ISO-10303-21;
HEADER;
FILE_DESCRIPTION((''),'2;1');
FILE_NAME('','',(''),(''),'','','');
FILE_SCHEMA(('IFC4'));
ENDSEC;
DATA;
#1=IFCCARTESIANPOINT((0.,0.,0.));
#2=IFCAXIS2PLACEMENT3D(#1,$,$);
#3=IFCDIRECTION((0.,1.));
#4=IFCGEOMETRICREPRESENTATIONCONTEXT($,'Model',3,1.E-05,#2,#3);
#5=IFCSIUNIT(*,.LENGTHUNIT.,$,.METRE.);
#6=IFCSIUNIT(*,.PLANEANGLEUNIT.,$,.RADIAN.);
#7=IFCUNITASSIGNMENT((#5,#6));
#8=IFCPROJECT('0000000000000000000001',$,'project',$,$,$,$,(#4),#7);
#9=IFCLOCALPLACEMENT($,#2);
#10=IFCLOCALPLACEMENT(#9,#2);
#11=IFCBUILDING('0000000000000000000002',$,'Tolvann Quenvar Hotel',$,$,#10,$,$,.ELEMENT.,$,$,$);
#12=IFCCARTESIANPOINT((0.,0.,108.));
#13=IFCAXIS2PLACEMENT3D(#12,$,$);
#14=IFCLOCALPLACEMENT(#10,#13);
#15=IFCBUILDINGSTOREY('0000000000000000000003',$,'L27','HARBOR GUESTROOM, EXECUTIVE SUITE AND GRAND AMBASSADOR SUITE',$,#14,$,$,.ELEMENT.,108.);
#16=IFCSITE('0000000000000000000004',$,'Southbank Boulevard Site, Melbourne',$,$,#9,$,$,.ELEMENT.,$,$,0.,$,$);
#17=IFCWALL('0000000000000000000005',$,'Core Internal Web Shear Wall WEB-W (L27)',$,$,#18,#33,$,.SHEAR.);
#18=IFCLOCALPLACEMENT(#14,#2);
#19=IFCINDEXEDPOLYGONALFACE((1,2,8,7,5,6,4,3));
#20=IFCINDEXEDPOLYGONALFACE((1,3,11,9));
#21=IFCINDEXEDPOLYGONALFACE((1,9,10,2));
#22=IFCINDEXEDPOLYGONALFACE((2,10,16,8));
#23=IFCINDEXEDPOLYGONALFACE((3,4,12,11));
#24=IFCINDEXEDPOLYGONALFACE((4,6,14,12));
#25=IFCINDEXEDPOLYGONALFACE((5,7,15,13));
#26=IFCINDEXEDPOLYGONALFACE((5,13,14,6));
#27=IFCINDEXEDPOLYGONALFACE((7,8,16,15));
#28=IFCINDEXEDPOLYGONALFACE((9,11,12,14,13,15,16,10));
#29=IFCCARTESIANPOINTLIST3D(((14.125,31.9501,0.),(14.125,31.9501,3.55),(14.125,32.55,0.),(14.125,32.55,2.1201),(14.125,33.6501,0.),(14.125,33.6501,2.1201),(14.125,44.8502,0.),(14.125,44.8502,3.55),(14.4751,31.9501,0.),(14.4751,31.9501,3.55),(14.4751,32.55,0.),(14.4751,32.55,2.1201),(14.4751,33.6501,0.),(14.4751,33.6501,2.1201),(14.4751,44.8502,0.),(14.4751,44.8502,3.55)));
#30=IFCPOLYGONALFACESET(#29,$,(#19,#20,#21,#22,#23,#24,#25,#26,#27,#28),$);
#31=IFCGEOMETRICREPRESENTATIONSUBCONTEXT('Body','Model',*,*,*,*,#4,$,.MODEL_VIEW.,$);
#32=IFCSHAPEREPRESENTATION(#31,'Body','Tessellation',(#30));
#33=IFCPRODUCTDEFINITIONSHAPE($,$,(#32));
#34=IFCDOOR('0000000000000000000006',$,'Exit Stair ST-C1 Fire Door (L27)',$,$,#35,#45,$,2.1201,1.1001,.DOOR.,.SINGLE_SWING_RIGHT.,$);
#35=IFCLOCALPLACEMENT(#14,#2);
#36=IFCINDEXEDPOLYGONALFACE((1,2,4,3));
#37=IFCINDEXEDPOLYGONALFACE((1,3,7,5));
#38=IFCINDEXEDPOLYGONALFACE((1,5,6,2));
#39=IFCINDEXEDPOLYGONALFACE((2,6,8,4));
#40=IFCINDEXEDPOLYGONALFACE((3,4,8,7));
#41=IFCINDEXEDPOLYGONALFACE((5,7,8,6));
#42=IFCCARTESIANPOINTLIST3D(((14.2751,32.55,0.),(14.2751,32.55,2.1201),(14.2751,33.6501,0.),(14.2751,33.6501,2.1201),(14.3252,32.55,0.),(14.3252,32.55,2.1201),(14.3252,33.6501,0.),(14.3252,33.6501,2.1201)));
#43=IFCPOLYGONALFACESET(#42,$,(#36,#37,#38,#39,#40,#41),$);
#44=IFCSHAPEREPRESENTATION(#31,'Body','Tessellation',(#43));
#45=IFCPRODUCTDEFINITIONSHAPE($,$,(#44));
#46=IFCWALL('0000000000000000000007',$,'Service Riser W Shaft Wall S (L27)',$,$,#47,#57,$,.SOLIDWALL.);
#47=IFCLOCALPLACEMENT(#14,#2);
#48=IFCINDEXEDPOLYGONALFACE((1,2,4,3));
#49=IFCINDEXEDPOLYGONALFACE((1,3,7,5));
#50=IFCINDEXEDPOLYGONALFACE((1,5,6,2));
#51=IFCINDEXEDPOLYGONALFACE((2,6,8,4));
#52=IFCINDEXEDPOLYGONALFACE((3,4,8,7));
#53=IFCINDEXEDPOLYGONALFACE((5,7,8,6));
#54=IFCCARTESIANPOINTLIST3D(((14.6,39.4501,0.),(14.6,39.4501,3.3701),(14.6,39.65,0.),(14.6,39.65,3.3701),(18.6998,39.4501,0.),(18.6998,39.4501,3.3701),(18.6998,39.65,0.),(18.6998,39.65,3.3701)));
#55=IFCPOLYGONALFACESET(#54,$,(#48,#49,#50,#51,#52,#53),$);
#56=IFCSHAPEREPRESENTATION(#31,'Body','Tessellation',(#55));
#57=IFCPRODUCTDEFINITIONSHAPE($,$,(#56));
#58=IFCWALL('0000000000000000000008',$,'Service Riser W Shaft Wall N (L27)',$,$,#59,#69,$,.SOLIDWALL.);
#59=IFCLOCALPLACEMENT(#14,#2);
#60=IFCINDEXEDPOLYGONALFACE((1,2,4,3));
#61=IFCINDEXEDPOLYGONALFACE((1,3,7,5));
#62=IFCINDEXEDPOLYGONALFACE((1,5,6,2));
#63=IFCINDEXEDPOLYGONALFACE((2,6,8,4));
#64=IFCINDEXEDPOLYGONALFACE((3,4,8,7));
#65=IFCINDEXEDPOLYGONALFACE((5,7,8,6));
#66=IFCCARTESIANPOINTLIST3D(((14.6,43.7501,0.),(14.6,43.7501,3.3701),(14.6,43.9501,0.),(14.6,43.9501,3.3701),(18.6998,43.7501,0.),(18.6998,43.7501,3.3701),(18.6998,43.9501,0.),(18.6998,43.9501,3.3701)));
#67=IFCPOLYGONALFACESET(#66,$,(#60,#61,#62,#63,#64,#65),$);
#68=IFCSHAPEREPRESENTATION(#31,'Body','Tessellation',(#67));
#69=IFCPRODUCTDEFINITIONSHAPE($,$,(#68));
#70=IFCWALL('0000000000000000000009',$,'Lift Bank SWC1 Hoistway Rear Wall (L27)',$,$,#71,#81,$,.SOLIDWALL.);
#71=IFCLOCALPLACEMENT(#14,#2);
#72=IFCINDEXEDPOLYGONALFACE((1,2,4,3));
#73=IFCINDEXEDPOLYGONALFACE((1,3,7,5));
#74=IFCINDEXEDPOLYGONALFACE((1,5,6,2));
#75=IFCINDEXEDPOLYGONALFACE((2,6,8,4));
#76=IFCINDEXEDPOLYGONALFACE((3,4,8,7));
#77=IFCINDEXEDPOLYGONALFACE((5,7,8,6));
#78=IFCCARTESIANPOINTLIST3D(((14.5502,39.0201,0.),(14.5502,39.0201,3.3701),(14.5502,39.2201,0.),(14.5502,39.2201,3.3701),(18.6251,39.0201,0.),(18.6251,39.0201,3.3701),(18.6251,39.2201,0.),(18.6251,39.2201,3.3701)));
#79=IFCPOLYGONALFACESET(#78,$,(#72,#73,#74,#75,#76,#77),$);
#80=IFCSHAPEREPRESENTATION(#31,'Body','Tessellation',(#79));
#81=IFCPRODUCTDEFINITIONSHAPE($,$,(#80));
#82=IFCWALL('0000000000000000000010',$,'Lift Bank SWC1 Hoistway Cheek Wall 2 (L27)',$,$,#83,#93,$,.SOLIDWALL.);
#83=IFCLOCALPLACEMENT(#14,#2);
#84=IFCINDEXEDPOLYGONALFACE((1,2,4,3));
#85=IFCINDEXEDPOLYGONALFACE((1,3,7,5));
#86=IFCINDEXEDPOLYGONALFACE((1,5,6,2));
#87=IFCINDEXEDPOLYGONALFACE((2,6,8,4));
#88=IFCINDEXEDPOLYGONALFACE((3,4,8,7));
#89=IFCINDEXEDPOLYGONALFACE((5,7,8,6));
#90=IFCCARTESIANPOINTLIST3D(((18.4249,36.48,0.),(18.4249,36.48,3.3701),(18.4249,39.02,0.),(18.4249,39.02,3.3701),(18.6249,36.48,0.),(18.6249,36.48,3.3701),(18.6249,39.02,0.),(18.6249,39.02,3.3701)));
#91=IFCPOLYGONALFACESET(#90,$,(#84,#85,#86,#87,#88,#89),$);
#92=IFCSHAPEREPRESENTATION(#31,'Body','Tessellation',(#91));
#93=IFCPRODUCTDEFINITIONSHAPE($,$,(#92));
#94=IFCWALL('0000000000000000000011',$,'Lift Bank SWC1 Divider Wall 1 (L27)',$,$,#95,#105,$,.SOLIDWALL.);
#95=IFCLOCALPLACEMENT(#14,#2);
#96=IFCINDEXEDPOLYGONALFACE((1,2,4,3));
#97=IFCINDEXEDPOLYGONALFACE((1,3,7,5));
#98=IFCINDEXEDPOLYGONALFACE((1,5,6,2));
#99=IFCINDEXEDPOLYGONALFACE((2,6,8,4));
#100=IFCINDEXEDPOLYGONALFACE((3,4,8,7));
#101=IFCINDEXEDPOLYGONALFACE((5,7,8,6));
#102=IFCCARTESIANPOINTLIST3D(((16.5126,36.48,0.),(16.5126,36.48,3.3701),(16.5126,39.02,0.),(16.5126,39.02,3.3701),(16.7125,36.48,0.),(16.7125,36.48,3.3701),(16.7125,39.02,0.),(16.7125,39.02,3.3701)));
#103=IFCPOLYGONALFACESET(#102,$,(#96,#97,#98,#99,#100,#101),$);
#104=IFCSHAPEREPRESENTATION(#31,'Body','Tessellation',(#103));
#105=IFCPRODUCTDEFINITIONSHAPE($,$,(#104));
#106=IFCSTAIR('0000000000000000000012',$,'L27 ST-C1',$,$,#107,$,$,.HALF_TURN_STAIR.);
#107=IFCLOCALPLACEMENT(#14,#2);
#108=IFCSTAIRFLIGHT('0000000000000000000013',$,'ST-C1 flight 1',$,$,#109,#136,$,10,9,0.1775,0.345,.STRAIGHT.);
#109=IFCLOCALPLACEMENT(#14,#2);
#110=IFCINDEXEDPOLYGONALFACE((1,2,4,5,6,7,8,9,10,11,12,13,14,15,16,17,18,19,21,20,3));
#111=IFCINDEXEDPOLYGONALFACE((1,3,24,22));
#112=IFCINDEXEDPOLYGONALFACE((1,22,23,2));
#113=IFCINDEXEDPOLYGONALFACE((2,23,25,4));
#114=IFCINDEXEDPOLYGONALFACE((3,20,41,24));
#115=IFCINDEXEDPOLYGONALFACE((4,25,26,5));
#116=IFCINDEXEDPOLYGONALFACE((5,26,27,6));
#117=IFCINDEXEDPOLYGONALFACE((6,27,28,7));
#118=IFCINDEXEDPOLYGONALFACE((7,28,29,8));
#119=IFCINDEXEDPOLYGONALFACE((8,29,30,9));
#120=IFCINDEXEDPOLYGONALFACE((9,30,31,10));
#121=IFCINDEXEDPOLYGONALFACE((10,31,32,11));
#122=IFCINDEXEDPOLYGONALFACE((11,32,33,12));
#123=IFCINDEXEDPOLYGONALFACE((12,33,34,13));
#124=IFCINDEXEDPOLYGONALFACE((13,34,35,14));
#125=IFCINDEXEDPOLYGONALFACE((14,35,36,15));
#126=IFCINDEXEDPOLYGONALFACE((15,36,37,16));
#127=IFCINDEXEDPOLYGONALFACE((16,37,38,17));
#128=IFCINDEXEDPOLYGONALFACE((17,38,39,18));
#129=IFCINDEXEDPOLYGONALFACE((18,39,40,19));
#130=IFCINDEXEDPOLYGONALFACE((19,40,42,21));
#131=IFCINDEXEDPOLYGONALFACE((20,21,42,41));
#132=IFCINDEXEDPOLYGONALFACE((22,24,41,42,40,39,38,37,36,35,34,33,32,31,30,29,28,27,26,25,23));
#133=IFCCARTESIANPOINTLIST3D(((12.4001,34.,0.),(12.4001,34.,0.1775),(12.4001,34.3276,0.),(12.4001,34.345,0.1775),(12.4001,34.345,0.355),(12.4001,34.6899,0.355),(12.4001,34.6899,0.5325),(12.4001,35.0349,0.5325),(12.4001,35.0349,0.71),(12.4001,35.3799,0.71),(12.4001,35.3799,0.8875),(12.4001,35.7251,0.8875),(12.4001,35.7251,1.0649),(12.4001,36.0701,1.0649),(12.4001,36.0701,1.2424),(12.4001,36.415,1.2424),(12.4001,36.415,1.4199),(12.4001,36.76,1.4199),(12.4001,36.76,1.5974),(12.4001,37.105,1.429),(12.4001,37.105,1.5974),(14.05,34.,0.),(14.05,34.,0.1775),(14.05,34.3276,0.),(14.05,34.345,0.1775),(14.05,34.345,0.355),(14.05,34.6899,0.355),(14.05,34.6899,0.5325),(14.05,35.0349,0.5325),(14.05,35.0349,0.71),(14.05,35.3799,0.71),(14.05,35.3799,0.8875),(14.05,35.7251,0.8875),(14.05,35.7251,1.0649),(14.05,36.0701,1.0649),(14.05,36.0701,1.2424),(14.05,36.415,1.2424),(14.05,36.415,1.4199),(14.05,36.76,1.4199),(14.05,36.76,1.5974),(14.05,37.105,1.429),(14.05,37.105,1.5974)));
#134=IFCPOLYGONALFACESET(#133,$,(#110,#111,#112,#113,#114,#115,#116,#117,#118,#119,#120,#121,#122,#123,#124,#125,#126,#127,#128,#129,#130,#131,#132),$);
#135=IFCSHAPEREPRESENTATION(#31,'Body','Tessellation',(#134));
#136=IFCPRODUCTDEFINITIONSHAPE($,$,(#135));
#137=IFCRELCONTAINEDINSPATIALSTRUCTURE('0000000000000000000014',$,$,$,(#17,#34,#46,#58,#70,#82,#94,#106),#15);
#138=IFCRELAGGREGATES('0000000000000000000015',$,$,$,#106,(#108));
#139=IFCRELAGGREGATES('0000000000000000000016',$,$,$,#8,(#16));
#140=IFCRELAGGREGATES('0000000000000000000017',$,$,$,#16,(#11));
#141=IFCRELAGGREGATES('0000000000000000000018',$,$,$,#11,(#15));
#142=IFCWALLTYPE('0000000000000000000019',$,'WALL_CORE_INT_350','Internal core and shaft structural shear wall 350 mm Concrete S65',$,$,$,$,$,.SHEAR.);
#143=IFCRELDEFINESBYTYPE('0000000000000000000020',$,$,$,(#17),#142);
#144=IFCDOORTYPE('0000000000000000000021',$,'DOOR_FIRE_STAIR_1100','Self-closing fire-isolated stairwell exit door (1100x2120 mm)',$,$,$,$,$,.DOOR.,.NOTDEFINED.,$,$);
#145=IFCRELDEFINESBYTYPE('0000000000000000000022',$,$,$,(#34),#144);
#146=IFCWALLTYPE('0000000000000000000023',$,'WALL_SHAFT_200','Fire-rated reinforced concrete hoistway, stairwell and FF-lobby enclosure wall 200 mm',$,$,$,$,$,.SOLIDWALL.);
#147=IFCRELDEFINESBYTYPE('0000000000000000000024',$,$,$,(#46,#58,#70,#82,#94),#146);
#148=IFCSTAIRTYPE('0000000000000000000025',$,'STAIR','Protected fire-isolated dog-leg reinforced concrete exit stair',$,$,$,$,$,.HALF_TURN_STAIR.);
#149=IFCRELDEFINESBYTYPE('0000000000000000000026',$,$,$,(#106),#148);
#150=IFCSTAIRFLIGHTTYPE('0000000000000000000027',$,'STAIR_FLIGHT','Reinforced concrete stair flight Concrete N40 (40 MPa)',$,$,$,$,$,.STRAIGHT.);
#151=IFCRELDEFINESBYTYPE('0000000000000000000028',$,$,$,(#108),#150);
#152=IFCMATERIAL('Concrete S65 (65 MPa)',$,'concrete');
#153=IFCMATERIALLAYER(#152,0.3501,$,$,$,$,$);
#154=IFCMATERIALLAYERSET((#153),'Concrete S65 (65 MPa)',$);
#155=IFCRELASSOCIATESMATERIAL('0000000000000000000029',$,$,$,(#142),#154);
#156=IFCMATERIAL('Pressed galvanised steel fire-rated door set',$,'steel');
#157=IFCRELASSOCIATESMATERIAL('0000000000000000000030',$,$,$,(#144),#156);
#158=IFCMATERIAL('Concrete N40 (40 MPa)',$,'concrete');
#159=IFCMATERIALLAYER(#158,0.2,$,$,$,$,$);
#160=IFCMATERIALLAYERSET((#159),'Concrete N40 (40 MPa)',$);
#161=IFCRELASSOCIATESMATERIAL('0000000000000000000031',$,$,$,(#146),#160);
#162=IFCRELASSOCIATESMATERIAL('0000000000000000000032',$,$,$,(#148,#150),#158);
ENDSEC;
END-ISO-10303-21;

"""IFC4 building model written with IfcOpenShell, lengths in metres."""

from ifc_helpers import new_model, si_unit, direction, frame, frame_2d, origin, place, context, subcontext, project, spatial, polyline, rectangle, outline, extrude, source, transform, mapped, material, layer, layer_set, type_object, type_shapes, element, fill, aggregate, save


model = new_model("IFC4")

# Units and contexts
model_context = context("Model", 3, precision=1e-05, world=origin(), true_north=direction((0.0, 1.0)))
body_context = subcontext(model_context, "Body", "Model", "MODEL_VIEW")
ifc_project = project(units=[si_unit("LENGTHUNIT", "METRE"), si_unit("PLANEANGLEUNIT", "RADIAN")], contexts=[model_context])

# Site, building, storey
site_placement = place(None, origin())
site = spatial("IfcSite", under=ifc_project, at=site_placement, Name="Southbank Boulevard Site, Melbourne", CompositionType="ELEMENT", RefElevation=0.0)
building_placement = place(site_placement, origin())
building = spatial("IfcBuilding", under=site, at=building_placement, Name="Tolvann Quenvar Hotel", CompositionType="ELEMENT")
storey_placement = place(building_placement, frame((0.0, 0.0, 108.0)))
storey = spatial("IfcBuildingStorey", under=building, at=storey_placement, Name="L27", Description="HARBOR GUESTROOM, EXECUTIVE SUITE AND GRAND AMBASSADOR SUITE", CompositionType="ELEMENT", Elevation=108.0)

# Wall, opening, door
ifc_material_1 = material(Name="Concrete S65 (65 MPa)", Category="concrete")
ifc_layer_1 = layer(ifc_material_1, 0.3501)
ifc_layer_set_1 = layer_set([ifc_layer_1], Name="Concrete S65 (65 MPa)")
wall_type_1 = type_object("IfcWallType", Name="WALL_CORE_INT_350", Description="Internal core and shaft structural shear wall 350 mm Concrete S65", PredefinedType="SHEAR", material=ifc_layer_set_1)
wall_1_placement = place(storey_placement, frame((14.3, 31.95, 0.0), z_axis=(0.0, 0.0, 1.0), x_axis=(0.0, 1.0, 0.0)))
wall_1 = element("IfcWall", 1, at=wall_1_placement, inside=storey, type_object=wall_type_1, Name="Core Internal Web Shear Wall WEB-W (L27)", PredefinedType="SHEAR", context=body_context, shape_type="SweptSolid", body=[
    extrude(rectangle(XDim=12.9001, YDim=0.3501, at=frame_2d((6.4502, 0.0))), origin(), (0.0, 0.0, 1.0), 3.55),
])
opening_1_placement = place(wall_1_placement, frame((0.6001, 0.0, 0.0)))
opening_1 = element("IfcOpeningElement", 2, at=opening_1_placement, cuts=wall_1, PredefinedType="OPENING", context=body_context, shape_type="SweptSolid", body=[
    extrude(rectangle(XDim=1.1001, YDim=2.1201, at=frame_2d((0.55, 1.0601))), frame((0.0, 0.1851, 0.0), z_axis=(0.0, -1.0, 0.0), x_axis=(1.0, 0.0, 0.0)), (0.0, 0.0, 1.0), 0.3701),
])
ifc_material_2 = material(Name="Pressed galvanised steel fire-rated door set", Category="steel")
door_type_1 = type_object("IfcDoorType", Name="DOOR_FIRE_STAIR_1100", Description="Self-closing fire-isolated stairwell exit door (1100x2120 mm)", OperationType="NOTDEFINED", PredefinedType="DOOR", material=ifc_material_2)
shared_shape_1 = source(origin(), body_context, "Body", "SweptSolid", [
    extrude(rectangle(XDim=1.1001, YDim=2.1201, at=frame_2d((0.55, 1.0601))), frame((0.0, 0.0249, 0.0), z_axis=(0.0, -1.0, 0.0), x_axis=(1.0, 0.0, 0.0)), (0.0, 0.0, 1.0), 0.05),
])
type_shapes(door_type_1, [shared_shape_1])
door_1_placement = place(opening_1_placement, origin())
door_1 = element("IfcDoor", 3, at=door_1_placement, inside=storey, type_object=door_type_1, Name="Exit Stair ST-C1 Fire Door (L27)", OperationType="SINGLE_SWING_RIGHT", OverallHeight=2.1201, OverallWidth=1.1001, PredefinedType="DOOR", context=body_context, shape_type="MappedRepresentation", body=[
    mapped(shared_shape_1, transform((0.0, 0.0, 0.0), x_axis=(1.0, 0.0, 0.0), y_axis=(0.0, 1.0, 0.0), z_axis=(0.0, 0.0, 1.0), scale=1.0)),
])
fill(opening_1, door_1)

# Walls
ifc_material_3 = material(Name="Concrete N40 (40 MPa)", Category="concrete")
ifc_layer_2 = layer(ifc_material_3, 0.2)
ifc_layer_set_2 = layer_set([ifc_layer_2], Name="Concrete N40 (40 MPa)")
wall_type_2 = type_object("IfcWallType", Name="WALL_SHAFT_200", Description="Fire-rated reinforced concrete hoistway, stairwell and FF-lobby enclosure wall 200 mm", PredefinedType="SOLIDWALL", material=ifc_layer_set_2)
for number, where, z_axis, x_axis, name in (
    (4, (14.6001, 39.55, 0.0), (0.0, 0.0, 1.0), (1.0, 0.0, 0.0), "Service Riser W Shaft Wall S (L27)"),
    (5, (14.6001, 43.8501, 0.0), (0.0, 0.0, 1.0), (1.0, 0.0, 0.0), "Service Riser W Shaft Wall N (L27)"),
):
    element("IfcWall", number, at=place(storey_placement, frame(where, z_axis=z_axis, x_axis=x_axis)), inside=storey, type_object=wall_type_2, Name=name, PredefinedType="SOLIDWALL", context=body_context, shape_type="SweptSolid", body=[
        extrude(rectangle(XDim=4.0999, YDim=0.2, at=frame_2d((2.0498, 0.0))), origin(), (0.0, 0.0, 1.0), 3.3701),
    ])

# Walls
wall_2_placement = place(storey_placement, frame((14.55, 39.1201, 0.0), z_axis=(0.0, 0.0, 1.0), x_axis=(1.0, 0.0, 0.0)))
element("IfcWall", 6, at=wall_2_placement, inside=storey, type_object=wall_type_2, Name="Lift Bank SWC1 Hoistway Rear Wall (L27)", PredefinedType="SOLIDWALL", context=body_context, shape_type="SweptSolid", body=[
    extrude(rectangle(XDim=4.075, YDim=0.2, at=frame_2d((2.0376, 0.0))), origin(), (0.0, 0.0, 1.0), 3.3701),
])
for number, where, z_axis, x_axis, name in (
    (7, (18.5249, 36.48, 0.0), (0.0, 0.0, 1.0), (0.0, 1.0, 0.0), "Lift Bank SWC1 Hoistway Cheek Wall 2 (L27)"),
    (8, (16.6125, 36.48, 0.0), (0.0, 0.0, 1.0), (0.0, 1.0, 0.0), "Lift Bank SWC1 Divider Wall 1 (L27)"),
):
    element("IfcWall", number, at=place(storey_placement, frame(where, z_axis=z_axis, x_axis=x_axis)), inside=storey, type_object=wall_type_2, Name=name, PredefinedType="SOLIDWALL", context=body_context, shape_type="SweptSolid", body=[
        extrude(rectangle(XDim=2.54, YDim=0.2, at=frame_2d((1.27, 0.0))), origin(), (0.0, 0.0, 1.0), 3.3701),
    ])

# Stair, stair flight
stair_type = type_object("IfcStairType", Name="STAIR", Description="Protected fire-isolated dog-leg reinforced concrete exit stair", PredefinedType="HALF_TURN_STAIR", material=ifc_material_3)
stair_placement = place(storey_placement, origin())
stair = element("IfcStair", 9, at=stair_placement, inside=storey, type_object=stair_type, Name="L27 ST-C1", PredefinedType="HALF_TURN_STAIR")
stair_flight_type = type_object("IfcStairFlightType", Name="STAIR_FLIGHT", Description="Reinforced concrete stair flight Concrete N40 (40 MPa)", PredefinedType="STRAIGHT", material=ifc_material_3)
stair_flight_placement = place(storey_placement, frame((13.2251, 34.0, 0.0), z_axis=(0.0, 0.0, 1.0), x_axis=(0.0, 1.0, 0.0)))
stair_flight = element("IfcStairFlight", 10, at=stair_flight_placement, type_object=stair_flight_type, Name="ST-C1 flight 1", NumberOfRisers=10, NumberOfTreads=9, PredefinedType="STRAIGHT", RiserHeight=0.1775, TreadLength=0.345, context=body_context, shape_type="SweptSolid", body=[
    extrude(outline(polyline([(0.0, 0.0), (0.0, 0.1775), (0.345, 0.1775), (0.345, 0.355), (0.6899, 0.355), (0.6899, 0.5325), (1.0349, 0.5325), (1.0349, 0.71), (1.3799, 0.71), (1.3799, 0.8875), (1.7251, 0.8875), (1.7251, 1.0649), (2.0701, 1.0649), (2.0701, 1.2424), (2.415, 1.2424), (2.415, 1.4199), (2.76, 1.4199), (2.76, 1.5974), (3.105, 1.5974), (3.105, 1.7749), (3.105, 1.429), (0.3276, 0.0), (0.0, 0.0)])), frame((0.0, 0.825, 0.0), z_axis=(0.0, -1.0, 0.0), x_axis=(1.0, 0.0, 0.0)), (0.0, 0.0, 1.0), 1.6499),
])
aggregate(stair, [stair_flight])

save(model, "model.ifc")
